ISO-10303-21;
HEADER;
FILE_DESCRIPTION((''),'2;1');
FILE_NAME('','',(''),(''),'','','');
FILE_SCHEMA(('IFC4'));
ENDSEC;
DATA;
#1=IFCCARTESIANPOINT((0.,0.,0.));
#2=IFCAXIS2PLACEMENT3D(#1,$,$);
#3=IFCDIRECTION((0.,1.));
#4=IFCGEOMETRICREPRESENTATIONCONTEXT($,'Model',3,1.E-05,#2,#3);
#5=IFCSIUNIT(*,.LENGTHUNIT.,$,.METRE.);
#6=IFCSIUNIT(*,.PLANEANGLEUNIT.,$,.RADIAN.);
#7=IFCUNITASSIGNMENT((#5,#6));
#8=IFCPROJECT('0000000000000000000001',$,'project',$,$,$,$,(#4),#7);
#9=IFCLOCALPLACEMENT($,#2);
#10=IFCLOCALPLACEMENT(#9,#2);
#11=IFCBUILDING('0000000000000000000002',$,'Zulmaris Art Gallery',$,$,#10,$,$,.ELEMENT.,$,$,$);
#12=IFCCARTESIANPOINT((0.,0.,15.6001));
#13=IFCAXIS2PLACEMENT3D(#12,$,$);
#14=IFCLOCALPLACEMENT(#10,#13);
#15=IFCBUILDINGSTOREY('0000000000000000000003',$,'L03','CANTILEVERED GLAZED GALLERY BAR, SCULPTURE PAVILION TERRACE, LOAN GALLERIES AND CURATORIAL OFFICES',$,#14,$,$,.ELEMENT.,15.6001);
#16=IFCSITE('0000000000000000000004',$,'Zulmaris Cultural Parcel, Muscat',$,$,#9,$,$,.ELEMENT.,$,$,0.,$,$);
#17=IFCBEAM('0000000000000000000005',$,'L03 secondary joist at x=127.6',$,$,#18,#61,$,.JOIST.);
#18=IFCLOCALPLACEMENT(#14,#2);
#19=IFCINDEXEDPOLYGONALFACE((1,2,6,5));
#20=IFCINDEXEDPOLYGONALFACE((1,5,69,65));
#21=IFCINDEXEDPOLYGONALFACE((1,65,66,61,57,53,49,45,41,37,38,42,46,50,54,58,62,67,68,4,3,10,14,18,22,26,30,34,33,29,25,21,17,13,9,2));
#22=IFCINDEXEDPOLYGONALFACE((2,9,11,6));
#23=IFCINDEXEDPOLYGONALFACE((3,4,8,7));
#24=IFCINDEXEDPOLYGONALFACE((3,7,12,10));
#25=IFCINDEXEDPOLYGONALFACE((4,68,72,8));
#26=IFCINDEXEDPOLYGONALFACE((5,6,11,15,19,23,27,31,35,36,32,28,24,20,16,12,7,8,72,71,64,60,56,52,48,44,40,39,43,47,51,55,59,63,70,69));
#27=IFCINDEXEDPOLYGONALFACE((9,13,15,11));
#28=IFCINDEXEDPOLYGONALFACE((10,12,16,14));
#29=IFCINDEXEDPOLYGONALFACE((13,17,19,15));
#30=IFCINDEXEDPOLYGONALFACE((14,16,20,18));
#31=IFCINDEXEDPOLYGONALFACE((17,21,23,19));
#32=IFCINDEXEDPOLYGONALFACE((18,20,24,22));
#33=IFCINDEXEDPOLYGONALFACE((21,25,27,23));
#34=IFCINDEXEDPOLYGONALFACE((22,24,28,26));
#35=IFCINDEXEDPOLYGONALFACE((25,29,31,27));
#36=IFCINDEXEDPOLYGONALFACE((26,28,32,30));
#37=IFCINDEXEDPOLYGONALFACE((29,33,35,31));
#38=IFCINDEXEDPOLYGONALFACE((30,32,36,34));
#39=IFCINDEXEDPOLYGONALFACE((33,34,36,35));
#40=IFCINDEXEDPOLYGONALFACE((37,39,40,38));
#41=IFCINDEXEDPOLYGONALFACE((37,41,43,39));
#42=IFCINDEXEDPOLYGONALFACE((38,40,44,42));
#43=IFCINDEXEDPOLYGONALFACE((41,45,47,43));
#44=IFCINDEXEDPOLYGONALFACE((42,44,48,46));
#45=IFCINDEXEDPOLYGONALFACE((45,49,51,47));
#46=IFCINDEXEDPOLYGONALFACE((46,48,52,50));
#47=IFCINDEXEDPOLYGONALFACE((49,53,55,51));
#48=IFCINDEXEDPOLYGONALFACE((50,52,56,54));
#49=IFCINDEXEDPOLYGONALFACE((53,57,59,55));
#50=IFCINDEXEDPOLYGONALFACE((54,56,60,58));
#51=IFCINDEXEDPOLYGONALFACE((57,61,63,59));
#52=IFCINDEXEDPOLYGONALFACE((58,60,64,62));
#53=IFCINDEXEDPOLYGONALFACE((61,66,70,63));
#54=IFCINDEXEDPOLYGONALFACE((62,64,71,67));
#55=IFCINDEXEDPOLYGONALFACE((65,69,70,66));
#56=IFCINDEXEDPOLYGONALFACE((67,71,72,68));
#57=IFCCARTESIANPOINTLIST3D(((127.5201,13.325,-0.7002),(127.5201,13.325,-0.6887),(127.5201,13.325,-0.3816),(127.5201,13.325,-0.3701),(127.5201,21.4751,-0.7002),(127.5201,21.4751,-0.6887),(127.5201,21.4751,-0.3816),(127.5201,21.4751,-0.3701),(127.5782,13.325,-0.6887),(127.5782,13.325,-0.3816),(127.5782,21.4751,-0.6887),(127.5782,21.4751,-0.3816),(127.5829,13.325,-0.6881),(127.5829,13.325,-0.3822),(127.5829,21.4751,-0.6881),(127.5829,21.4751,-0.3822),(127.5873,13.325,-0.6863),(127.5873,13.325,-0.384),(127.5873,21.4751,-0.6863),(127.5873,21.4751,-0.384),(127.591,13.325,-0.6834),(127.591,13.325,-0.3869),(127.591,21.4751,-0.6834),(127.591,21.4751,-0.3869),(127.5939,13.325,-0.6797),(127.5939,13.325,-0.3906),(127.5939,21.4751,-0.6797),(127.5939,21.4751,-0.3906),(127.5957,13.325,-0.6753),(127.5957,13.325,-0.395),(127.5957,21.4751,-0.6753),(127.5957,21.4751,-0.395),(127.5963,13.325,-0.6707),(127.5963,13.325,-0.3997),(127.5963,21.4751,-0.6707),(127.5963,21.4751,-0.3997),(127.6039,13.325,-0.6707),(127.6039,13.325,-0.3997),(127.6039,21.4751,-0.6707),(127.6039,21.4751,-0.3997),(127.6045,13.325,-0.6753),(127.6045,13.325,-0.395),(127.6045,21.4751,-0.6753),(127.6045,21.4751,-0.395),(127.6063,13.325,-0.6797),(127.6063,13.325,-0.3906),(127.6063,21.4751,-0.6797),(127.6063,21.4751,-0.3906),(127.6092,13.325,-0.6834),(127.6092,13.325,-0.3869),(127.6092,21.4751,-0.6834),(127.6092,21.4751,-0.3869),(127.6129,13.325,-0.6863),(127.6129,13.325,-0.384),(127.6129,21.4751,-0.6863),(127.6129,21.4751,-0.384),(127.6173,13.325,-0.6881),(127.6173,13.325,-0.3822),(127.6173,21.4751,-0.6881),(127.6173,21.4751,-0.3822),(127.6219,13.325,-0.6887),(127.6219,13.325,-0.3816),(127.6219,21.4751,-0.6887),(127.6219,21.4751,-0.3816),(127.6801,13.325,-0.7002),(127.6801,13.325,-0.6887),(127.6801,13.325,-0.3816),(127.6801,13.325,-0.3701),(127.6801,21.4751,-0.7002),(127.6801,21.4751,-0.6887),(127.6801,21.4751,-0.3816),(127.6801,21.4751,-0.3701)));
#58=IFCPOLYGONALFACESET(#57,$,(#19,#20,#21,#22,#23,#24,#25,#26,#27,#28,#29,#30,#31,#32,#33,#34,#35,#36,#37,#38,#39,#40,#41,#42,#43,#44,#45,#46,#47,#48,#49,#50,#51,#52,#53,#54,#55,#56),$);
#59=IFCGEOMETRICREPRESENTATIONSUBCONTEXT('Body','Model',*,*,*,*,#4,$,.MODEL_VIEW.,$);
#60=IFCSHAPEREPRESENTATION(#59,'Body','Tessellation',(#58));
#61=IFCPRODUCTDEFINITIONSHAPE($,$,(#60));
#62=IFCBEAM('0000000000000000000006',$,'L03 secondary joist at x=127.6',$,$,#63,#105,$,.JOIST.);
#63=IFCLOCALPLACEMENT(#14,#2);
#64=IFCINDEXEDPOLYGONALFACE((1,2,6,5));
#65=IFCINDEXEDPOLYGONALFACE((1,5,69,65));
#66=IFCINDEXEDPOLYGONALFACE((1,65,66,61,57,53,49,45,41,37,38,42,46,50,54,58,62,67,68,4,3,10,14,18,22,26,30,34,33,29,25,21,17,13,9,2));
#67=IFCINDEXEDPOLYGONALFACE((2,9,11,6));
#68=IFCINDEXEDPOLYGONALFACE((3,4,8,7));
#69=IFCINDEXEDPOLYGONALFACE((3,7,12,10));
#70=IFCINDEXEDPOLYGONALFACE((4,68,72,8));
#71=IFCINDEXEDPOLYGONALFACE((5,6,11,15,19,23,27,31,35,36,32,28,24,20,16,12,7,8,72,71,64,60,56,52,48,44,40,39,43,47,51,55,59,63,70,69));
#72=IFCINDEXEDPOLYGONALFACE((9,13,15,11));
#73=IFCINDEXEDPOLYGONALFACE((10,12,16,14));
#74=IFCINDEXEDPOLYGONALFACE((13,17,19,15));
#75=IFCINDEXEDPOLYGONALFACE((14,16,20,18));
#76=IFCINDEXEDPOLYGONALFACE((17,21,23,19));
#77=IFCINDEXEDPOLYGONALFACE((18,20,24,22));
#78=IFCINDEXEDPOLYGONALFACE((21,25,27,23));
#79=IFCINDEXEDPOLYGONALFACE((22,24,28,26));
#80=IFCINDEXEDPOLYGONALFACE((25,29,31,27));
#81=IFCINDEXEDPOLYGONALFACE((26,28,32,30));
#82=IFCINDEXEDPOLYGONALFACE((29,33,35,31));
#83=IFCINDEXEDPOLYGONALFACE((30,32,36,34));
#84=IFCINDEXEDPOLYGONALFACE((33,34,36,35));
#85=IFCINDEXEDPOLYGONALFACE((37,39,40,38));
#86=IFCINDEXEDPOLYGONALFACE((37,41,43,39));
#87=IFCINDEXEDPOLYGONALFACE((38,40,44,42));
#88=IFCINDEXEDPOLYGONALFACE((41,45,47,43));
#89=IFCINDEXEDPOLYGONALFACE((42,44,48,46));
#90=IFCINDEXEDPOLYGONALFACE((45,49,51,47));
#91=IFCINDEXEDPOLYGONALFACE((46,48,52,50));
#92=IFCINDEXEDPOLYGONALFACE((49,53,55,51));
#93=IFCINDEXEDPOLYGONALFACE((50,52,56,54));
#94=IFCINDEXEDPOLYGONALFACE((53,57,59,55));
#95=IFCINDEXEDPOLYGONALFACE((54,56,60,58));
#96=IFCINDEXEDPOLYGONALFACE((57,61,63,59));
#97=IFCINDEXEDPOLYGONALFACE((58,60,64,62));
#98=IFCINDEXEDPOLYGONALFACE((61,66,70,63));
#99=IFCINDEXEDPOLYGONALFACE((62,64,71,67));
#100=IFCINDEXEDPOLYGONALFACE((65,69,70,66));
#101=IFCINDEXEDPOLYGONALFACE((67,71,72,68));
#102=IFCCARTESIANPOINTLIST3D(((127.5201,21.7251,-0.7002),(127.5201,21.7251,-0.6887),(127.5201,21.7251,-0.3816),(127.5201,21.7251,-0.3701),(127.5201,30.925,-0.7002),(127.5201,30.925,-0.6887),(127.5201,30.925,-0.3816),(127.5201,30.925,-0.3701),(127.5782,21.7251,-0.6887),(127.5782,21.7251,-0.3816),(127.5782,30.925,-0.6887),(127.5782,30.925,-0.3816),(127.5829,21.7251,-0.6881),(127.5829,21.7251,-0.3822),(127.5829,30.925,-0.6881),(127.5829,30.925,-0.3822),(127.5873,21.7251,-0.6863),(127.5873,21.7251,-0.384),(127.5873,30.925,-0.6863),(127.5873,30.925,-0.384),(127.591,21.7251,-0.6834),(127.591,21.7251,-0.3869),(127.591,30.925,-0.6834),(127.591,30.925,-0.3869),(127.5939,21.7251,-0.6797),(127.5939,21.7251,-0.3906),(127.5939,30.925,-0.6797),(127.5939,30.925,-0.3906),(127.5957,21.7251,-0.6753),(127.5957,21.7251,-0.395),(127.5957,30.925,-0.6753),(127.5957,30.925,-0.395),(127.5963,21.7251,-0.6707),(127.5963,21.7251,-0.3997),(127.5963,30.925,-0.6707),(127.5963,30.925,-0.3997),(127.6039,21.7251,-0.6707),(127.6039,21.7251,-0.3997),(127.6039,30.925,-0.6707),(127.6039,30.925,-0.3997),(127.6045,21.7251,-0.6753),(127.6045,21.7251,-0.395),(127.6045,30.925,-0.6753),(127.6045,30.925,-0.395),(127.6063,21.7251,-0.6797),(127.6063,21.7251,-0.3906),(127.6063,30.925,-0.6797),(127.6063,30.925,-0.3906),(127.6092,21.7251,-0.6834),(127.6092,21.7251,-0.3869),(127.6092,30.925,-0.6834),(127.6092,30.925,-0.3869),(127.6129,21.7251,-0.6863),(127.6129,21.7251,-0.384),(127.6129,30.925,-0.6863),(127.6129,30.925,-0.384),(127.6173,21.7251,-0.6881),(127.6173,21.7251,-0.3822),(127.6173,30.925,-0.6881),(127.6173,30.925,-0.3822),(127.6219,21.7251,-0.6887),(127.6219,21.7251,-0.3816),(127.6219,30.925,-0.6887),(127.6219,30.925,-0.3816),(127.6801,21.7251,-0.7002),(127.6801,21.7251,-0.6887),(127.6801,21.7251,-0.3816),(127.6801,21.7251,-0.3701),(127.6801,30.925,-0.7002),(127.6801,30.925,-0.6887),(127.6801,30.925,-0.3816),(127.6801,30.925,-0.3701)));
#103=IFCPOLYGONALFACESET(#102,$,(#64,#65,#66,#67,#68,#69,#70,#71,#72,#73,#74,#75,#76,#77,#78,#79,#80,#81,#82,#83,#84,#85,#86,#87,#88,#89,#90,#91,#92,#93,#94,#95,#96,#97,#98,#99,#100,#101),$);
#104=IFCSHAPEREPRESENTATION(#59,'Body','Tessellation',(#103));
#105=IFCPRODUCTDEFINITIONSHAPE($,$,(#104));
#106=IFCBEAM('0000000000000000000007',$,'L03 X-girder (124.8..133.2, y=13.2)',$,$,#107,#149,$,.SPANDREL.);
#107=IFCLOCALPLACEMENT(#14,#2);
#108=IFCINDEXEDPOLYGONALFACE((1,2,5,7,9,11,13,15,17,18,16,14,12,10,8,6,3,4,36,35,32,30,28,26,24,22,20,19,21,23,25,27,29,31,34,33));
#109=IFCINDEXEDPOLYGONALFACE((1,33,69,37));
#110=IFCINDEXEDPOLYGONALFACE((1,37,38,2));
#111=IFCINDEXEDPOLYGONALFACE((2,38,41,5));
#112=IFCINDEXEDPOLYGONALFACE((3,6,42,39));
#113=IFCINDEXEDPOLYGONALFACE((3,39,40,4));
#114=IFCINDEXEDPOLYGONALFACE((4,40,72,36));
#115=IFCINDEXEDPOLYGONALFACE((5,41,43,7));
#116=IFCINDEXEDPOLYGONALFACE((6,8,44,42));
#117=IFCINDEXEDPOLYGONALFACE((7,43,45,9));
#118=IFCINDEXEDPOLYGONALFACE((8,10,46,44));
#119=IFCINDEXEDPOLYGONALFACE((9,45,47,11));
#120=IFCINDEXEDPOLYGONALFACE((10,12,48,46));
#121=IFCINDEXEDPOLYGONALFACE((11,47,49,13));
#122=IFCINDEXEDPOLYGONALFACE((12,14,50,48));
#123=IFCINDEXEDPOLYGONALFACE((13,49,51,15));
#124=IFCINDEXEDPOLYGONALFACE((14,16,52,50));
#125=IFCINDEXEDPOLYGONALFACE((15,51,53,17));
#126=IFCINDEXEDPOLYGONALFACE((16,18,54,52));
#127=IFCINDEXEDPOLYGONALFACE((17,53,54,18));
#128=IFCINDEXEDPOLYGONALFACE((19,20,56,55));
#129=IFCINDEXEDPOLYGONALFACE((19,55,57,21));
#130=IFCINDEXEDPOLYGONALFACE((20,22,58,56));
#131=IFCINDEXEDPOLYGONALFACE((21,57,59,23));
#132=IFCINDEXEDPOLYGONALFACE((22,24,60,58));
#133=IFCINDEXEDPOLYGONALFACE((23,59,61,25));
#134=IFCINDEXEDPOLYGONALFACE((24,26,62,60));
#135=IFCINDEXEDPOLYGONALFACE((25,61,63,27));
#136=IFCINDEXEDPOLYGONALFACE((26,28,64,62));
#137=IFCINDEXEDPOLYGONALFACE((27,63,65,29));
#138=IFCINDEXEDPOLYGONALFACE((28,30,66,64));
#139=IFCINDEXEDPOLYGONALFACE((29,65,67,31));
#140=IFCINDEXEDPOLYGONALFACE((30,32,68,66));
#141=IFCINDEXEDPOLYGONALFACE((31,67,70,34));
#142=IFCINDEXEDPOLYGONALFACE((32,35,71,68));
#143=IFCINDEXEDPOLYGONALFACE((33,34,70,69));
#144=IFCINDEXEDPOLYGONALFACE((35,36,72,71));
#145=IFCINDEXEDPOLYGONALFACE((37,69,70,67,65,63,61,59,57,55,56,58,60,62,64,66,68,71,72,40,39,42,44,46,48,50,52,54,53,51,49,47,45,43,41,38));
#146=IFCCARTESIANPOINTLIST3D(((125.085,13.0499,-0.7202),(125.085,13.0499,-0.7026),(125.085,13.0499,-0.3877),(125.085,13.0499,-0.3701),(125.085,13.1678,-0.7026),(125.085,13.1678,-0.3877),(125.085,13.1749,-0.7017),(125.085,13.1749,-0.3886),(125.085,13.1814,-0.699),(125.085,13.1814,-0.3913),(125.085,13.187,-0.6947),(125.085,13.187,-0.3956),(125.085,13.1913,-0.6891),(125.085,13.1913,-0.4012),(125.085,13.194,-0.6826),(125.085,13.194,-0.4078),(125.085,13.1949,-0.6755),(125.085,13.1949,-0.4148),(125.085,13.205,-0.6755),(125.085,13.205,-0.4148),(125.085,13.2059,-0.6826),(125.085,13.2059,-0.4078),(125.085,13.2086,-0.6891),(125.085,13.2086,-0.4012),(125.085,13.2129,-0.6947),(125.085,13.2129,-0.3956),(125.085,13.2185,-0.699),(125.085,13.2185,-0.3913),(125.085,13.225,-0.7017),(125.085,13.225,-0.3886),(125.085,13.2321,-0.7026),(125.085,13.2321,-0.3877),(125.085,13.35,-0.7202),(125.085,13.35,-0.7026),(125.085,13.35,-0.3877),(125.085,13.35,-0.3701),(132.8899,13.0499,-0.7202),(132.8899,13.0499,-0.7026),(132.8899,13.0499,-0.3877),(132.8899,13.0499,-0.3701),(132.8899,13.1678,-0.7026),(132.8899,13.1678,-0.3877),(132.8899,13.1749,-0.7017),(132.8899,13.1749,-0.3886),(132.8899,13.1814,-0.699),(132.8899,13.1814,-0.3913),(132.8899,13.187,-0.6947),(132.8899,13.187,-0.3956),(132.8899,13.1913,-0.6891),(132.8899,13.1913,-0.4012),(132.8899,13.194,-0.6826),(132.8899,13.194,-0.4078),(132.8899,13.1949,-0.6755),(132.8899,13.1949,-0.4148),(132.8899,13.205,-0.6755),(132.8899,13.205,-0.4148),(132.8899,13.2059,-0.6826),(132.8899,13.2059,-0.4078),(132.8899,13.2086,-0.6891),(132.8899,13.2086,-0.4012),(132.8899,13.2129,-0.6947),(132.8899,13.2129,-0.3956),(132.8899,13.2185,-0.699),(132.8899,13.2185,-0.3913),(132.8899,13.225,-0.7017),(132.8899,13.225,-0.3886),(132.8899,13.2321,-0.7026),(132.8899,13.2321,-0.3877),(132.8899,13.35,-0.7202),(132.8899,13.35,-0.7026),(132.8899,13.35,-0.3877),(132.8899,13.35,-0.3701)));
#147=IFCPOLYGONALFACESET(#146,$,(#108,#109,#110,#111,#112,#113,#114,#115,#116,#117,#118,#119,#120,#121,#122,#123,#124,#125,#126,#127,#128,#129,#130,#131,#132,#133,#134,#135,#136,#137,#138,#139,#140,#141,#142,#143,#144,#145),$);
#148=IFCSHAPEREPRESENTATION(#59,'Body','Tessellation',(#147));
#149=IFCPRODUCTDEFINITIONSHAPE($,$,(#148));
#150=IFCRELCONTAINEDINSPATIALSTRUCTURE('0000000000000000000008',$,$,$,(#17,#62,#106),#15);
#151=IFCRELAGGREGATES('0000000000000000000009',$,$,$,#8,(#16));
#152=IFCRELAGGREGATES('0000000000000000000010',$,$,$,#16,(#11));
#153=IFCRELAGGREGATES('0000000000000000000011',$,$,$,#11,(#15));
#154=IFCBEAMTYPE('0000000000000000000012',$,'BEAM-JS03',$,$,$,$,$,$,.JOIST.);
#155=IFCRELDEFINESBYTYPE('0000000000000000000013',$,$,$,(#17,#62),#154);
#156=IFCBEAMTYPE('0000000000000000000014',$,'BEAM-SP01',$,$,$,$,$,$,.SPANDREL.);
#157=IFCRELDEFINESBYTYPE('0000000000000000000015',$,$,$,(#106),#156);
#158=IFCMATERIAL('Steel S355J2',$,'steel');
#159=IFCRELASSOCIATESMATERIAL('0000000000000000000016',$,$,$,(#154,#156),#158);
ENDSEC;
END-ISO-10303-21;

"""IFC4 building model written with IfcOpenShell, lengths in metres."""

from ifc_helpers import new_model, si_unit, direction, frame, origin, origin_2d, place, context, subcontext, project, spatial, i_section, extrude, material, material_profile, profile_set, type_object, element, save


model = new_model("IFC4")

# Units and contexts
model_context = context("Model", 3, precision=1e-05, world=origin(), true_north=direction((0.0, 1.0)))
body_context = subcontext(model_context, "Body", "Model", "MODEL_VIEW")
ifc_project = project(units=[si_unit("LENGTHUNIT", "METRE"), si_unit("PLANEANGLEUNIT", "RADIAN")], contexts=[model_context])

# Site, building, storey
site_placement = place(None, origin())
site = spatial("IfcSite", under=ifc_project, at=site_placement, Name="Zulmaris Cultural Parcel, Muscat", CompositionType="ELEMENT", RefElevation=0.0)
building_placement = place(site_placement, origin())
building = spatial("IfcBuilding", under=site, at=building_placement, Name="Zulmaris Art Gallery", CompositionType="ELEMENT")
storey_placement = place(building_placement, frame((0.0, 0.0, 15.6001)))
storey = spatial("IfcBuildingStorey", under=building, at=storey_placement, Name="L03", Description="CANTILEVERED GLAZED GALLERY BAR, SCULPTURE PAVILION TERRACE, LOAN GALLERIES AND CURATORIAL OFFICES", CompositionType="ELEMENT", Elevation=15.6001)

# Beams
ifc_material_1 = material(Name="Steel S355J2", Category="steel")
ifc_material_profile_1 = material_profile(ifc_material_1, i_section(OverallWidth=0.1599, OverallDepth=0.3301, WebThickness=0.0076, FlangeThickness=0.0115, FilletRadius=0.0181, at=origin_2d()), Name="IPE 330")
ifc_profile_set_1 = profile_set([ifc_material_profile_1], Name="Steel S355J2")
beam_type_1 = type_object("IfcBeamType", Name="BEAM-JS03", PredefinedType="JOIST", material=ifc_profile_set_1)
beam_1_placement = place(storey_placement, frame((127.6001, 13.325, -0.5352), z_axis=(0.0, 1.0, 0.0), x_axis=(-1.0, 0.0, 0.0)))
element("IfcBeam", 1, at=beam_1_placement, inside=storey, type_object=beam_type_1, Name="L03 secondary joist at x=127.6", PredefinedType="JOIST", context=body_context, shape_type="SweptSolid", body=[
    extrude(i_section(OverallWidth=0.1599, OverallDepth=0.3301, WebThickness=0.0076, FlangeThickness=0.0115, FilletRadius=0.0181, at=origin_2d()), origin(), (0.0, 0.0, 1.0), 8.1501),
])
beam_2_placement = place(storey_placement, frame((127.6001, 21.7251, -0.5352), z_axis=(0.0, 1.0, 0.0), x_axis=(-1.0, 0.0, 0.0)))
element("IfcBeam", 2, at=beam_2_placement, inside=storey, type_object=beam_type_1, Name="L03 secondary joist at x=127.6", PredefinedType="JOIST", context=body_context, shape_type="SweptSolid", body=[
    extrude(i_section(OverallWidth=0.1599, OverallDepth=0.3301, WebThickness=0.0076, FlangeThickness=0.0115, FilletRadius=0.0181, at=origin_2d()), origin(), (0.0, 0.0, 1.0), 9.2),
])
ifc_material_profile_2 = material_profile(ifc_material_1, i_section(OverallWidth=0.3, OverallDepth=0.3501, WebThickness=0.01, FlangeThickness=0.0176, FilletRadius=0.0271, at=origin_2d()), Name="HEA 360")
ifc_profile_set_2 = profile_set([ifc_material_profile_2], Name="Steel S355J2")
beam_type_2 = type_object("IfcBeamType", Name="BEAM-SP01", PredefinedType="SPANDREL", material=ifc_profile_set_2)
beam_3_placement = place(storey_placement, frame((125.085, 13.2, -0.5452), z_axis=(1.0, 0.0, 0.0), x_axis=(0.0, 1.0, 0.0)))
element("IfcBeam", 3, at=beam_3_placement, inside=storey, type_object=beam_type_2, Name="L03 X-girder (124.8..133.2, y=13.2)", PredefinedType="SPANDREL", context=body_context, shape_type="SweptSolid", body=[
    extrude(i_section(OverallWidth=0.3, OverallDepth=0.3501, WebThickness=0.01, FlangeThickness=0.0176, FilletRadius=0.0271, at=origin_2d()), origin(), (0.0, 0.0, 1.0), 7.8049),
])

save(model, "model.ifc")
